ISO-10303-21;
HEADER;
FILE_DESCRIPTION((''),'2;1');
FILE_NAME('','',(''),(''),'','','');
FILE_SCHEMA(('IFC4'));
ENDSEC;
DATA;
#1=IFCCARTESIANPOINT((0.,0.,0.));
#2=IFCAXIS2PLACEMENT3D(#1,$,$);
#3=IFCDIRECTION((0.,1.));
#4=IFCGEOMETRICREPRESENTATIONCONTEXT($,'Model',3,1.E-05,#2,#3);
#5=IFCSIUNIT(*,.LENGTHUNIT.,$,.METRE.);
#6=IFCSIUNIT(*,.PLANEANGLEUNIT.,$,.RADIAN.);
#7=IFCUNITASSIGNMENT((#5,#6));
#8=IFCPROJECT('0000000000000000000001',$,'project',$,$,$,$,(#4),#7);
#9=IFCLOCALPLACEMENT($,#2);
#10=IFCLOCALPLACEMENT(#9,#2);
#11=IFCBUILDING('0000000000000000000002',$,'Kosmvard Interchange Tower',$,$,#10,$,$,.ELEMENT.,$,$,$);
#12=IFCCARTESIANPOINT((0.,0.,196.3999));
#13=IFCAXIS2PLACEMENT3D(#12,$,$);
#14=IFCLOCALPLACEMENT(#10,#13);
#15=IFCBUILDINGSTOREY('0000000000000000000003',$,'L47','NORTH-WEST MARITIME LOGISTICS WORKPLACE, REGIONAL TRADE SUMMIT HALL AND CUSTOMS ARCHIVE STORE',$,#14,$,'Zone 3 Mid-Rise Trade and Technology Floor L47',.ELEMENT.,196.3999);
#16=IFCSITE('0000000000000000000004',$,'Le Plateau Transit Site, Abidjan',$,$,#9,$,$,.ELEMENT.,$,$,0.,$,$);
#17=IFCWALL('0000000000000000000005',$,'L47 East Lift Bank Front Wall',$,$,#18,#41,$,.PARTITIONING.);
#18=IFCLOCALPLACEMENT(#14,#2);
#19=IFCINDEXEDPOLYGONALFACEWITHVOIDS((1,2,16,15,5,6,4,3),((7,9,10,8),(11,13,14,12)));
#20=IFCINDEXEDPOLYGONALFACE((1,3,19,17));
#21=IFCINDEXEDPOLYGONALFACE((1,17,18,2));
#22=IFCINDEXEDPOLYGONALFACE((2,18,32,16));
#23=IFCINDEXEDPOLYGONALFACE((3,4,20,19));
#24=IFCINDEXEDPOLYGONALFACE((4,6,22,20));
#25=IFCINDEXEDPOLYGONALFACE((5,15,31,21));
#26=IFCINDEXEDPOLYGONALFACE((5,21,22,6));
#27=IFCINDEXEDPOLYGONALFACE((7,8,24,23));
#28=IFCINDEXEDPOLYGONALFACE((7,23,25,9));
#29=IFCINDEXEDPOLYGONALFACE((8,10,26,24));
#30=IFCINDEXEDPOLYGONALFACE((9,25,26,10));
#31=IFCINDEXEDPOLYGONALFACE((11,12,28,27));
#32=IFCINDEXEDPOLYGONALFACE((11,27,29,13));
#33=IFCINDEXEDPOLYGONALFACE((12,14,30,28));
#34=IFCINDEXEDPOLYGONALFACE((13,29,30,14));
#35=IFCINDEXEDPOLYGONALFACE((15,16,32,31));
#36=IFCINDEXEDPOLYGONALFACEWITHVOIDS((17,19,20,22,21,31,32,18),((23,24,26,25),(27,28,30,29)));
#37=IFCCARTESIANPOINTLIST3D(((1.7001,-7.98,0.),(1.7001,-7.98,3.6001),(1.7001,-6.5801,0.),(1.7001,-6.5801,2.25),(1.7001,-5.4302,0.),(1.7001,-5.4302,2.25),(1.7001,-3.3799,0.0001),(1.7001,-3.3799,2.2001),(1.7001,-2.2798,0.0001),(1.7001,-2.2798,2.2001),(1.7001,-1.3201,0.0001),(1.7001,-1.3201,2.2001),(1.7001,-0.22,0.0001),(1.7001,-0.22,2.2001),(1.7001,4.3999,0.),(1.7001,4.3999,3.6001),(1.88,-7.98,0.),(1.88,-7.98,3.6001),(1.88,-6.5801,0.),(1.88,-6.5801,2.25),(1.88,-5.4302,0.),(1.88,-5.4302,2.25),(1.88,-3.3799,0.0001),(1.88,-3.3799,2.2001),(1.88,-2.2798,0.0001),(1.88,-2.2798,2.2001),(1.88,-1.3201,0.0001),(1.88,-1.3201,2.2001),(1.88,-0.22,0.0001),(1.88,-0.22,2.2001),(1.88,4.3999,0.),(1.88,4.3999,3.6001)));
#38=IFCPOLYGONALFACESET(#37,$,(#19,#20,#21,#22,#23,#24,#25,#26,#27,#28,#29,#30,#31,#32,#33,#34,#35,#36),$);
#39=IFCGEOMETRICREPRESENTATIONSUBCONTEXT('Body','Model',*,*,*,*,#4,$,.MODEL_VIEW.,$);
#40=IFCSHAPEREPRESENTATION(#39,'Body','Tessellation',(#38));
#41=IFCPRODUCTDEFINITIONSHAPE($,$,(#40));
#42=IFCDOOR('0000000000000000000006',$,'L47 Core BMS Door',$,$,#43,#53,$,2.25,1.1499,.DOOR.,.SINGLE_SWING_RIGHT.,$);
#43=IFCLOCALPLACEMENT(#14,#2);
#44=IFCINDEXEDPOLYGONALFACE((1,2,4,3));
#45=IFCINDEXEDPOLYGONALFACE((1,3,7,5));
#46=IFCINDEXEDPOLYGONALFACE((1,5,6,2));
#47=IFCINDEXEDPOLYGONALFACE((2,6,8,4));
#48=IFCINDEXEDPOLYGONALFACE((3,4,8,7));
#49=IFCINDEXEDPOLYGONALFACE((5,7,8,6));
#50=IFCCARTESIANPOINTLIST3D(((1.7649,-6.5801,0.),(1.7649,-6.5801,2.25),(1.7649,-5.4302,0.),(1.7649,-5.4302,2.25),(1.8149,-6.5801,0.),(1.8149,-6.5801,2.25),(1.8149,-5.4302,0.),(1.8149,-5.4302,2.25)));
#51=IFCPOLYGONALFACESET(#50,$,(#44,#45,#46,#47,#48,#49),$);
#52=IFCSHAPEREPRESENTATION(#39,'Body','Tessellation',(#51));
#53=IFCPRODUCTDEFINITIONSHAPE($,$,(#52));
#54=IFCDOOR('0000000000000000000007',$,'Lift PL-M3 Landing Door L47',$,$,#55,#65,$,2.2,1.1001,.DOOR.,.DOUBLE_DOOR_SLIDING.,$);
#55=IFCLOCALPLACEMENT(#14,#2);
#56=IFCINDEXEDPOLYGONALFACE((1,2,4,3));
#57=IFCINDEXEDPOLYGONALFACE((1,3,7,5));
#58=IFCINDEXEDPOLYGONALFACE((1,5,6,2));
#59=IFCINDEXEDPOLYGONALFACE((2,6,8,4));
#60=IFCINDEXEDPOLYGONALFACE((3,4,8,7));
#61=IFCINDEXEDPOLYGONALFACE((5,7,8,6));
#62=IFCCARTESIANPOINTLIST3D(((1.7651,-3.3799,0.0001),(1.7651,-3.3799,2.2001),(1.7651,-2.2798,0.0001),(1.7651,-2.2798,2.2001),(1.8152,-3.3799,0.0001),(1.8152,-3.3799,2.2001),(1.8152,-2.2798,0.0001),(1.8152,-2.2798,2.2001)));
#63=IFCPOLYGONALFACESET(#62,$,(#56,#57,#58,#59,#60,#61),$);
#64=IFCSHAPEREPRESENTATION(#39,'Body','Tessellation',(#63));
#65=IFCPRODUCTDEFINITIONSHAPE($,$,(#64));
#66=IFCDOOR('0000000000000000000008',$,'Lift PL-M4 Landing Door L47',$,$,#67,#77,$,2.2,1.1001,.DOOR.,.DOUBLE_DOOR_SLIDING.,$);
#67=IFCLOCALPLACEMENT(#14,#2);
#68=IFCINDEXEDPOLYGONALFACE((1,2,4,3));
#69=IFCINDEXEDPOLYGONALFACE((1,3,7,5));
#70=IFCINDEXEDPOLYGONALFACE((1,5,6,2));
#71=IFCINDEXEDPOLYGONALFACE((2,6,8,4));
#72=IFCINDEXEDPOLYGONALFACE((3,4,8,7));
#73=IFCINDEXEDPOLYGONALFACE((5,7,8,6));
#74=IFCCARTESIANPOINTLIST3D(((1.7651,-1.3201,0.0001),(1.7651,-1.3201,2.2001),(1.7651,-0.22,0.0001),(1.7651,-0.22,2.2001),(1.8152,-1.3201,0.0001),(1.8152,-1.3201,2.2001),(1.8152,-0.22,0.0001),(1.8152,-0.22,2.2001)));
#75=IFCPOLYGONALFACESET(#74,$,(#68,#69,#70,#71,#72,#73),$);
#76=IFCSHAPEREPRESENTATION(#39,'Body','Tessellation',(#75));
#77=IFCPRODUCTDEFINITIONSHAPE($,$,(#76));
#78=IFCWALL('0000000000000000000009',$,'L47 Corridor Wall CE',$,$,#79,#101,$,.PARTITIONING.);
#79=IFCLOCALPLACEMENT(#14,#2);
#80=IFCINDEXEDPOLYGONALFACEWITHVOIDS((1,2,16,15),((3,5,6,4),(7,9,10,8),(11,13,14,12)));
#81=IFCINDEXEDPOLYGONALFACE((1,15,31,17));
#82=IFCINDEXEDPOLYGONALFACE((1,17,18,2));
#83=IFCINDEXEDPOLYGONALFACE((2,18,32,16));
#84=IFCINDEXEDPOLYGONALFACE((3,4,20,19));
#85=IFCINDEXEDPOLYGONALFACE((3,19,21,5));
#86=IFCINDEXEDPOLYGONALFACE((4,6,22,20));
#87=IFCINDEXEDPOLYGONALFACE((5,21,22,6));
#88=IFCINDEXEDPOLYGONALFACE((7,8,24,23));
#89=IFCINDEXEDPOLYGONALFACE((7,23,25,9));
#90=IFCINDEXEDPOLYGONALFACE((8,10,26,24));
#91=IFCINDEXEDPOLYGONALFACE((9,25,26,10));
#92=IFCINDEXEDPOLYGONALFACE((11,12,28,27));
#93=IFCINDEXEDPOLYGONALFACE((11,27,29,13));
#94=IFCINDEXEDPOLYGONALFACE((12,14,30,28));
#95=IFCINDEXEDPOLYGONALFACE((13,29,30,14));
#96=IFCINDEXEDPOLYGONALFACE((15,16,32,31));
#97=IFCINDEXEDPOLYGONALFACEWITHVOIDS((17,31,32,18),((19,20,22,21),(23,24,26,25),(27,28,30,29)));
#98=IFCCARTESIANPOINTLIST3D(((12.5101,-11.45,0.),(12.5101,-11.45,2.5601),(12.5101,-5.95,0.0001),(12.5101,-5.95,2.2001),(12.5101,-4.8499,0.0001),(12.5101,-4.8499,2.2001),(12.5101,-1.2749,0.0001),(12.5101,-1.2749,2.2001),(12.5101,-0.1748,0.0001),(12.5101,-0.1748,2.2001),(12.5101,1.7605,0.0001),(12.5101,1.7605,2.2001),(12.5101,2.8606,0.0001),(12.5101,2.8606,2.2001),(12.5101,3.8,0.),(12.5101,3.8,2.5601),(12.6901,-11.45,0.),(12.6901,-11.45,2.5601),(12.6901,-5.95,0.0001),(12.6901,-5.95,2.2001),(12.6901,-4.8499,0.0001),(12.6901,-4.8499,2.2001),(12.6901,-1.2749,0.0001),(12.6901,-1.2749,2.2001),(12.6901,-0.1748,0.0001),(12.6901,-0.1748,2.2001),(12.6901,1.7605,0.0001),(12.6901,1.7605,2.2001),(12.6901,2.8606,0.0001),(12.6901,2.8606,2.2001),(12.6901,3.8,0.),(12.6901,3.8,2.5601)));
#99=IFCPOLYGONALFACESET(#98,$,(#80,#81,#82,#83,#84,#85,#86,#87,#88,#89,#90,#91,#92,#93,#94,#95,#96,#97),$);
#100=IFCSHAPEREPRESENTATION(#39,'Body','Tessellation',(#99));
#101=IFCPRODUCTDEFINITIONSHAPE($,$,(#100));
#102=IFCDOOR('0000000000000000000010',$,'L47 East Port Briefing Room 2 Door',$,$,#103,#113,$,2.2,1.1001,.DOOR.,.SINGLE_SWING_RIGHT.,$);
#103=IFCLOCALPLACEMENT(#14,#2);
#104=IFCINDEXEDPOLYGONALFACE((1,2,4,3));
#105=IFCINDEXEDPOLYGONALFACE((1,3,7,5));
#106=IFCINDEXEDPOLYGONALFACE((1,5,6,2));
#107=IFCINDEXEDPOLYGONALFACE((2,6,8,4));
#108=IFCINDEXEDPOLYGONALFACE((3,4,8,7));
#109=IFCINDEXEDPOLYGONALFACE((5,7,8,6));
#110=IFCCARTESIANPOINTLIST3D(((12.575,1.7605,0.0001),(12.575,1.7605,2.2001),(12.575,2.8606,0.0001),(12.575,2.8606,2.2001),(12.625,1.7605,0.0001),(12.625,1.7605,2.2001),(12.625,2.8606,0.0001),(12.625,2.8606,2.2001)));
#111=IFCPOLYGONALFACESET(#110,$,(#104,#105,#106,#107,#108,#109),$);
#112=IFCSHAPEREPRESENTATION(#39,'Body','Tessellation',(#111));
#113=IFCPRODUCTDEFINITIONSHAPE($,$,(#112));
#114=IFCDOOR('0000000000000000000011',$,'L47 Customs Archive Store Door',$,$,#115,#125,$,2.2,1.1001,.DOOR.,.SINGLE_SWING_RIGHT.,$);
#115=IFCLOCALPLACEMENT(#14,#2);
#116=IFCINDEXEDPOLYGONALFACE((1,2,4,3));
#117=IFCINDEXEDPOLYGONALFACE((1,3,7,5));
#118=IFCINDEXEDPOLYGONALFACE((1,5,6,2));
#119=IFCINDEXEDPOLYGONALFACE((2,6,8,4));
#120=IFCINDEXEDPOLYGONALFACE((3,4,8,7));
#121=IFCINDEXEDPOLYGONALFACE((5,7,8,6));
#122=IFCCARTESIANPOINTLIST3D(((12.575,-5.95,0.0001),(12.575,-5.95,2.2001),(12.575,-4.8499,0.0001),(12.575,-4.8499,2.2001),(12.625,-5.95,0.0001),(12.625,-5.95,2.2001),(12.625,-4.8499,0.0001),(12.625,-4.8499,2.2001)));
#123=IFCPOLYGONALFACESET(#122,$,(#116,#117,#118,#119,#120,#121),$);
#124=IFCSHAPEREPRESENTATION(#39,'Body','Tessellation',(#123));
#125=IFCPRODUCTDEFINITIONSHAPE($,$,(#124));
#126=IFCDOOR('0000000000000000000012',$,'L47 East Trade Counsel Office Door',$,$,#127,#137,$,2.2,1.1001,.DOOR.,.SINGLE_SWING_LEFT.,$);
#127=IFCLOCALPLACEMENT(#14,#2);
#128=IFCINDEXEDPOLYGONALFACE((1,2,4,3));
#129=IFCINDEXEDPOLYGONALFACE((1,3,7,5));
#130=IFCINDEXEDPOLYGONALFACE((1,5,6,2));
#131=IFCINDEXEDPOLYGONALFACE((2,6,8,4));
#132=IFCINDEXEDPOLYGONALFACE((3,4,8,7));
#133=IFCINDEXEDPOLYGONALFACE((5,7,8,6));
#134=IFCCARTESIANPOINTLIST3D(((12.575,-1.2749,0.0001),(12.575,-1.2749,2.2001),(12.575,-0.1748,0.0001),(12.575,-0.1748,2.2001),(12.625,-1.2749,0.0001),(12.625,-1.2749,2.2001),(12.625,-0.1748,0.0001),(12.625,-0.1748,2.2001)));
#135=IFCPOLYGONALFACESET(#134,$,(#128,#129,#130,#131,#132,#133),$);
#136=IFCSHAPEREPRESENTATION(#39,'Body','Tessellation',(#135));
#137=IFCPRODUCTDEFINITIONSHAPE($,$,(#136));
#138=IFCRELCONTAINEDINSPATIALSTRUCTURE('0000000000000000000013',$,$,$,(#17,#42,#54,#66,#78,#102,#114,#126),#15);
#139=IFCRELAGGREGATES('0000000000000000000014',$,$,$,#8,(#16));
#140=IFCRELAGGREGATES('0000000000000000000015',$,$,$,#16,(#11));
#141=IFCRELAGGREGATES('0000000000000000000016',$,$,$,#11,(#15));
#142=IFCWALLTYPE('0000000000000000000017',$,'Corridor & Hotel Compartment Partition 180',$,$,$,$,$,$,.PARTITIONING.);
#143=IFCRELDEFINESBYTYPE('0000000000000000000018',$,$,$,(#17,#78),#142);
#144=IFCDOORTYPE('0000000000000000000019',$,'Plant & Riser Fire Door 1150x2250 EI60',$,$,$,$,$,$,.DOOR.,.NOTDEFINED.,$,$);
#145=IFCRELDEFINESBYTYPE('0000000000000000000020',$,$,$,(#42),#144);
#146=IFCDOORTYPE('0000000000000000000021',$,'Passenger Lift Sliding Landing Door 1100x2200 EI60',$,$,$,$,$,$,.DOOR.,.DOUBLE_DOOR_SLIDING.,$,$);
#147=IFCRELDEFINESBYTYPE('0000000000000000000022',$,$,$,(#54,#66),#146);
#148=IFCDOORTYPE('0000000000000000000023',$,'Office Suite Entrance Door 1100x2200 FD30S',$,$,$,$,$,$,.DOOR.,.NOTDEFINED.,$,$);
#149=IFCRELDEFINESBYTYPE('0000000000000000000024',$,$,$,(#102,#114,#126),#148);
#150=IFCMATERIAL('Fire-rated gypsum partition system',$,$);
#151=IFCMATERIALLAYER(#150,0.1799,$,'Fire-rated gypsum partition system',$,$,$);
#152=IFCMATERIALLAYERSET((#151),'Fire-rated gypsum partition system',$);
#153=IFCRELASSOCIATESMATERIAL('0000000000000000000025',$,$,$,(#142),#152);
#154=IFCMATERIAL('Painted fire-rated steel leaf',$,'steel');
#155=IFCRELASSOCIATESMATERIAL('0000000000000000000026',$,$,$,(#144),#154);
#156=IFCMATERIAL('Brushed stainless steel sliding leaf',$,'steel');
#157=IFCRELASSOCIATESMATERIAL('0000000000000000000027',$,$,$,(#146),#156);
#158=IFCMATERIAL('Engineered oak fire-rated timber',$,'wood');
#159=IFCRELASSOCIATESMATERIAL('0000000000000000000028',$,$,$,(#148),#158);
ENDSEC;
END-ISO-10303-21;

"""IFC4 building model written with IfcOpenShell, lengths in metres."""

from ifc_helpers import new_model, si_unit, direction, frame, frame_2d, origin, place, context, subcontext, project, spatial, rectangle, extrude, source, transform, mapped, material, layer, layer_set, type_object, element, fill, save


model = new_model("IFC4")

# Units and contexts
model_context = context("Model", 3, precision=1e-05, world=origin(), true_north=direction((0.0, 1.0)))
body_context = subcontext(model_context, "Body", "Model", "MODEL_VIEW")
ifc_project = project(units=[si_unit("LENGTHUNIT", "METRE"), si_unit("PLANEANGLEUNIT", "RADIAN")], contexts=[model_context])

# Site, building, storey
site_placement = place(None, origin())
site = spatial("IfcSite", under=ifc_project, at=site_placement, Name="Le Plateau Transit Site, Abidjan", CompositionType="ELEMENT", RefElevation=0.0)
building_placement = place(site_placement, origin())
building = spatial("IfcBuilding", under=site, at=building_placement, Name="Kosmvard Interchange Tower", CompositionType="ELEMENT")
storey_placement = place(building_placement, frame((0.0, 0.0, 196.3999)))
storey = spatial("IfcBuildingStorey", under=building, at=storey_placement, Name="L47", Description="NORTH-WEST MARITIME LOGISTICS WORKPLACE, REGIONAL TRADE SUMMIT HALL AND CUSTOMS ARCHIVE STORE", LongName="Zone 3 Mid-Rise Trade and Technology Floor L47", CompositionType="ELEMENT", Elevation=196.3999)

# Walls, openings, doors
ifc_material_1 = material(Name="Fire-rated gypsum partition system")
ifc_layer_1 = layer(ifc_material_1, 0.1799, Name="Fire-rated gypsum partition system")
ifc_layer_set_1 = layer_set([ifc_layer_1], Name="Fire-rated gypsum partition system")
wall_type_1 = type_object("IfcWallType", Name="Corridor & Hotel Compartment Partition 180", PredefinedType="PARTITIONING", material=ifc_layer_set_1)
wall_1_placement = place(storey_placement, frame((1.79, -7.98, 0.0), z_axis=(0.0, 0.0, 1.0), x_axis=(0.0, 1.0, 0.0)))
wall_1 = element("IfcWall", 1, at=wall_1_placement, inside=storey, type_object=wall_type_1, Name="L47 East Lift Bank Front Wall", PredefinedType="PARTITIONING", context=body_context, shape_type="SweptSolid", body=[
    extrude(rectangle(XDim=12.3799, YDim=0.1799, at=frame_2d((6.1899, 0.0))), origin(), (0.0, 0.0, 1.0), 3.6001),
])
opening_1_placement = place(wall_1_placement, frame((4.6001, 0.0, 0.0)))
opening_1 = element("IfcOpeningElement", 2, at=opening_1_placement, cuts=wall_1, PredefinedType="OPENING", context=body_context, shape_type="SweptSolid", body=[
    extrude(rectangle(XDim=1.1001, YDim=2.2, at=frame_2d((0.55, 1.1001))), frame((0.0, 0.1001, 0.0), z_axis=(0.0, -1.0, 0.0), x_axis=(1.0, 0.0, 0.0)), (0.0, 0.0, 1.0), 0.2),
])
opening_2_placement = place(wall_1_placement, frame((6.6599, 0.0, 0.0)))
opening_2 = element("IfcOpeningElement", 3, at=opening_2_placement, cuts=wall_1, PredefinedType="OPENING", context=body_context, shape_type="SweptSolid", body=[
    extrude(rectangle(XDim=1.1001, YDim=2.2, at=frame_2d((0.55, 1.1001))), frame((0.0, 0.1001, 0.0), z_axis=(0.0, -1.0, 0.0), x_axis=(1.0, 0.0, 0.0)), (0.0, 0.0, 1.0), 0.2),
])
opening_3_placement = place(wall_1_placement, frame((1.3999, 0.0, 0.0)))
opening_3 = element("IfcOpeningElement", 4, at=opening_3_placement, cuts=wall_1, PredefinedType="OPENING", context=body_context, shape_type="SweptSolid", body=[
    extrude(rectangle(XDim=1.1499, YDim=2.25, at=frame_2d((0.575, 1.125))), frame((0.0, 0.1001, 0.0), z_axis=(0.0, -1.0, 0.0), x_axis=(1.0, 0.0, 0.0)), (0.0, 0.0, 1.0), 0.2),
])
ifc_material_2 = material(Name="Painted fire-rated steel leaf", Category="steel")
door_type_1 = type_object("IfcDoorType", Name="Plant & Riser Fire Door 1150x2250 EI60", OperationType="NOTDEFINED", PredefinedType="DOOR", material=ifc_material_2)
shared_shape_1 = source(origin(), body_context, "Body", "SweptSolid", [
    extrude(rectangle(XDim=1.1499, YDim=2.25, at=frame_2d((0.575, 1.125))), frame((0.0, 0.0249, 0.0), z_axis=(0.0, -1.0, 0.0), x_axis=(1.0, 0.0, 0.0)), (0.0, 0.0, 1.0), 0.05),
])
door_1_placement = place(opening_3_placement, frame((1.1499, 0.0, 0.0), z_axis=(0.0, 0.0, 1.0), x_axis=(-1.0, 0.0, 0.0)))
door_1 = element("IfcDoor", 5, at=door_1_placement, inside=storey, type_object=door_type_1, Name="L47 Core BMS Door", OperationType="SINGLE_SWING_RIGHT", OverallHeight=2.25, OverallWidth=1.1499, PredefinedType="DOOR", context=body_context, shape_type="MappedRepresentation", body=[
    mapped(shared_shape_1, transform((0.0, 0.0, 0.0), scale=1.0)),
])
fill(opening_3, door_1)
ifc_material_3 = material(Name="Brushed stainless steel sliding leaf", Category="steel")
door_type_2 = type_object("IfcDoorType", Name="Passenger Lift Sliding Landing Door 1100x2200 EI60", OperationType="DOUBLE_DOOR_SLIDING", PredefinedType="DOOR", material=ifc_material_3)
shared_shape_2 = source(origin(), body_context, "Body", "SweptSolid", [
    extrude(rectangle(XDim=1.1001, YDim=2.2, at=frame_2d((0.55, 1.1001))), frame((0.0, 0.0249, 0.0), z_axis=(0.0, -1.0, 0.0), x_axis=(1.0, 0.0, 0.0)), (0.0, 0.0, 1.0), 0.05),
])
door_2_placement = place(opening_1_placement, origin())
door_2 = element("IfcDoor", 6, at=door_2_placement, inside=storey, type_object=door_type_2, Name="Lift PL-M3 Landing Door L47", OperationType="DOUBLE_DOOR_SLIDING", OverallHeight=2.2, OverallWidth=1.1001, PredefinedType="DOOR", context=body_context, shape_type="MappedRepresentation", body=[
    mapped(shared_shape_2, transform((0.0, 0.0, 0.0), scale=1.0)),
])
fill(opening_1, door_2)
door_3_placement = place(opening_2_placement, origin())
door_3 = element("IfcDoor", 7, at=door_3_placement, inside=storey, type_object=door_type_2, Name="Lift PL-M4 Landing Door L47", OperationType="DOUBLE_DOOR_SLIDING", OverallHeight=2.2, OverallWidth=1.1001, PredefinedType="DOOR", context=body_context, shape_type="MappedRepresentation", body=[
    mapped(shared_shape_2, transform((0.0, 0.0, 0.0), scale=1.0)),
])
fill(opening_2, door_3)
wall_2_placement = place(storey_placement, frame((12.6001, -11.45, 0.0), z_axis=(0.0, 0.0, 1.0), x_axis=(0.0, 1.0, 0.0)))
wall_2 = element("IfcWall", 8, at=wall_2_placement, inside=storey, type_object=wall_type_1, Name="L47 Corridor Wall CE", PredefinedType="PARTITIONING", context=body_context, shape_type="SweptSolid", body=[
    extrude(rectangle(XDim=15.25, YDim=0.1799, at=frame_2d((7.625, 0.0))), origin(), (0.0, 0.0, 1.0), 2.5601),
])
opening_4_placement = place(wall_2_placement, frame((13.2104, 0.0, 0.0)))
opening_4 = element("IfcOpeningElement", 9, at=opening_4_placement, cuts=wall_2, PredefinedType="OPENING", context=body_context, shape_type="SweptSolid", body=[
    extrude(rectangle(XDim=1.1001, YDim=2.2, at=frame_2d((0.55, 1.1001))), frame((0.0, 0.1001, 0.0), z_axis=(0.0, -1.0, 0.0), x_axis=(1.0, 0.0, 0.0)), (0.0, 0.0, 1.0), 0.2),
])
opening_5_placement = place(wall_2_placement, frame((5.5, 0.0, 0.0)))
opening_5 = element("IfcOpeningElement", 10, at=opening_5_placement, cuts=wall_2, PredefinedType="OPENING", context=body_context, shape_type="SweptSolid", body=[
    extrude(rectangle(XDim=1.1001, YDim=2.2, at=frame_2d((0.55, 1.1001))), frame((0.0, 0.1001, 0.0), z_axis=(0.0, -1.0, 0.0), x_axis=(1.0, 0.0, 0.0)), (0.0, 0.0, 1.0), 0.2),
])
opening_6_placement = place(wall_2_placement, frame((10.175, 0.0, 0.0)))
opening_6 = element("IfcOpeningElement", 11, at=opening_6_placement, cuts=wall_2, PredefinedType="OPENING", context=body_context, shape_type="SweptSolid", body=[
    extrude(rectangle(XDim=1.1001, YDim=2.2, at=frame_2d((0.55, 1.1001))), frame((0.0, 0.1001, 0.0), z_axis=(0.0, -1.0, 0.0), x_axis=(1.0, 0.0, 0.0)), (0.0, 0.0, 1.0), 0.2),
])
ifc_material_4 = material(Name="Engineered oak fire-rated timber", Category="wood")
door_type_3 = type_object("IfcDoorType", Name="Office Suite Entrance Door 1100x2200 FD30S", OperationType="NOTDEFINED", PredefinedType="DOOR", material=ifc_material_4)
door_4_placement = place(opening_4_placement, frame((1.1001, 0.0, 0.0), z_axis=(0.0, 0.0, 1.0), x_axis=(-1.0, 0.0, 0.0)))
door_4 = element("IfcDoor", 12, at=door_4_placement, inside=storey, type_object=door_type_3, Name="L47 East Port Briefing Room 2 Door", OperationType="SINGLE_SWING_RIGHT", OverallHeight=2.2, OverallWidth=1.1001, PredefinedType="DOOR", context=body_context, shape_type="MappedRepresentation", body=[
    mapped(shared_shape_2, transform((0.0, 0.0, 0.0), scale=1.0)),
])
fill(opening_4, door_4)
door_5_placement = place(opening_5_placement, frame((1.1001, 0.0, 0.0), z_axis=(0.0, 0.0, 1.0), x_axis=(-1.0, 0.0, 0.0)))
door_5 = element("IfcDoor", 13, at=door_5_placement, inside=storey, type_object=door_type_3, Name="L47 Customs Archive Store Door", OperationType="SINGLE_SWING_RIGHT", OverallHeight=2.2, OverallWidth=1.1001, PredefinedType="DOOR", context=body_context, shape_type="MappedRepresentation", body=[
    mapped(shared_shape_2, transform((0.0, 0.0, 0.0), scale=1.0)),
])
fill(opening_5, door_5)
door_6_placement = place(opening_6_placement, frame((1.1001, 0.0, 0.0), z_axis=(0.0, 0.0, 1.0), x_axis=(-1.0, 0.0, 0.0)))
door_6 = element("IfcDoor", 14, at=door_6_placement, inside=storey, type_object=door_type_3, Name="L47 East Trade Counsel Office Door", OperationType="SINGLE_SWING_LEFT", OverallHeight=2.2, OverallWidth=1.1001, PredefinedType="DOOR", context=body_context, shape_type="MappedRepresentation", body=[
    mapped(shared_shape_2, transform((0.0, 0.0, 0.0), scale=1.0)),
])
fill(opening_6, door_6)

save(model, "model.ifc")
